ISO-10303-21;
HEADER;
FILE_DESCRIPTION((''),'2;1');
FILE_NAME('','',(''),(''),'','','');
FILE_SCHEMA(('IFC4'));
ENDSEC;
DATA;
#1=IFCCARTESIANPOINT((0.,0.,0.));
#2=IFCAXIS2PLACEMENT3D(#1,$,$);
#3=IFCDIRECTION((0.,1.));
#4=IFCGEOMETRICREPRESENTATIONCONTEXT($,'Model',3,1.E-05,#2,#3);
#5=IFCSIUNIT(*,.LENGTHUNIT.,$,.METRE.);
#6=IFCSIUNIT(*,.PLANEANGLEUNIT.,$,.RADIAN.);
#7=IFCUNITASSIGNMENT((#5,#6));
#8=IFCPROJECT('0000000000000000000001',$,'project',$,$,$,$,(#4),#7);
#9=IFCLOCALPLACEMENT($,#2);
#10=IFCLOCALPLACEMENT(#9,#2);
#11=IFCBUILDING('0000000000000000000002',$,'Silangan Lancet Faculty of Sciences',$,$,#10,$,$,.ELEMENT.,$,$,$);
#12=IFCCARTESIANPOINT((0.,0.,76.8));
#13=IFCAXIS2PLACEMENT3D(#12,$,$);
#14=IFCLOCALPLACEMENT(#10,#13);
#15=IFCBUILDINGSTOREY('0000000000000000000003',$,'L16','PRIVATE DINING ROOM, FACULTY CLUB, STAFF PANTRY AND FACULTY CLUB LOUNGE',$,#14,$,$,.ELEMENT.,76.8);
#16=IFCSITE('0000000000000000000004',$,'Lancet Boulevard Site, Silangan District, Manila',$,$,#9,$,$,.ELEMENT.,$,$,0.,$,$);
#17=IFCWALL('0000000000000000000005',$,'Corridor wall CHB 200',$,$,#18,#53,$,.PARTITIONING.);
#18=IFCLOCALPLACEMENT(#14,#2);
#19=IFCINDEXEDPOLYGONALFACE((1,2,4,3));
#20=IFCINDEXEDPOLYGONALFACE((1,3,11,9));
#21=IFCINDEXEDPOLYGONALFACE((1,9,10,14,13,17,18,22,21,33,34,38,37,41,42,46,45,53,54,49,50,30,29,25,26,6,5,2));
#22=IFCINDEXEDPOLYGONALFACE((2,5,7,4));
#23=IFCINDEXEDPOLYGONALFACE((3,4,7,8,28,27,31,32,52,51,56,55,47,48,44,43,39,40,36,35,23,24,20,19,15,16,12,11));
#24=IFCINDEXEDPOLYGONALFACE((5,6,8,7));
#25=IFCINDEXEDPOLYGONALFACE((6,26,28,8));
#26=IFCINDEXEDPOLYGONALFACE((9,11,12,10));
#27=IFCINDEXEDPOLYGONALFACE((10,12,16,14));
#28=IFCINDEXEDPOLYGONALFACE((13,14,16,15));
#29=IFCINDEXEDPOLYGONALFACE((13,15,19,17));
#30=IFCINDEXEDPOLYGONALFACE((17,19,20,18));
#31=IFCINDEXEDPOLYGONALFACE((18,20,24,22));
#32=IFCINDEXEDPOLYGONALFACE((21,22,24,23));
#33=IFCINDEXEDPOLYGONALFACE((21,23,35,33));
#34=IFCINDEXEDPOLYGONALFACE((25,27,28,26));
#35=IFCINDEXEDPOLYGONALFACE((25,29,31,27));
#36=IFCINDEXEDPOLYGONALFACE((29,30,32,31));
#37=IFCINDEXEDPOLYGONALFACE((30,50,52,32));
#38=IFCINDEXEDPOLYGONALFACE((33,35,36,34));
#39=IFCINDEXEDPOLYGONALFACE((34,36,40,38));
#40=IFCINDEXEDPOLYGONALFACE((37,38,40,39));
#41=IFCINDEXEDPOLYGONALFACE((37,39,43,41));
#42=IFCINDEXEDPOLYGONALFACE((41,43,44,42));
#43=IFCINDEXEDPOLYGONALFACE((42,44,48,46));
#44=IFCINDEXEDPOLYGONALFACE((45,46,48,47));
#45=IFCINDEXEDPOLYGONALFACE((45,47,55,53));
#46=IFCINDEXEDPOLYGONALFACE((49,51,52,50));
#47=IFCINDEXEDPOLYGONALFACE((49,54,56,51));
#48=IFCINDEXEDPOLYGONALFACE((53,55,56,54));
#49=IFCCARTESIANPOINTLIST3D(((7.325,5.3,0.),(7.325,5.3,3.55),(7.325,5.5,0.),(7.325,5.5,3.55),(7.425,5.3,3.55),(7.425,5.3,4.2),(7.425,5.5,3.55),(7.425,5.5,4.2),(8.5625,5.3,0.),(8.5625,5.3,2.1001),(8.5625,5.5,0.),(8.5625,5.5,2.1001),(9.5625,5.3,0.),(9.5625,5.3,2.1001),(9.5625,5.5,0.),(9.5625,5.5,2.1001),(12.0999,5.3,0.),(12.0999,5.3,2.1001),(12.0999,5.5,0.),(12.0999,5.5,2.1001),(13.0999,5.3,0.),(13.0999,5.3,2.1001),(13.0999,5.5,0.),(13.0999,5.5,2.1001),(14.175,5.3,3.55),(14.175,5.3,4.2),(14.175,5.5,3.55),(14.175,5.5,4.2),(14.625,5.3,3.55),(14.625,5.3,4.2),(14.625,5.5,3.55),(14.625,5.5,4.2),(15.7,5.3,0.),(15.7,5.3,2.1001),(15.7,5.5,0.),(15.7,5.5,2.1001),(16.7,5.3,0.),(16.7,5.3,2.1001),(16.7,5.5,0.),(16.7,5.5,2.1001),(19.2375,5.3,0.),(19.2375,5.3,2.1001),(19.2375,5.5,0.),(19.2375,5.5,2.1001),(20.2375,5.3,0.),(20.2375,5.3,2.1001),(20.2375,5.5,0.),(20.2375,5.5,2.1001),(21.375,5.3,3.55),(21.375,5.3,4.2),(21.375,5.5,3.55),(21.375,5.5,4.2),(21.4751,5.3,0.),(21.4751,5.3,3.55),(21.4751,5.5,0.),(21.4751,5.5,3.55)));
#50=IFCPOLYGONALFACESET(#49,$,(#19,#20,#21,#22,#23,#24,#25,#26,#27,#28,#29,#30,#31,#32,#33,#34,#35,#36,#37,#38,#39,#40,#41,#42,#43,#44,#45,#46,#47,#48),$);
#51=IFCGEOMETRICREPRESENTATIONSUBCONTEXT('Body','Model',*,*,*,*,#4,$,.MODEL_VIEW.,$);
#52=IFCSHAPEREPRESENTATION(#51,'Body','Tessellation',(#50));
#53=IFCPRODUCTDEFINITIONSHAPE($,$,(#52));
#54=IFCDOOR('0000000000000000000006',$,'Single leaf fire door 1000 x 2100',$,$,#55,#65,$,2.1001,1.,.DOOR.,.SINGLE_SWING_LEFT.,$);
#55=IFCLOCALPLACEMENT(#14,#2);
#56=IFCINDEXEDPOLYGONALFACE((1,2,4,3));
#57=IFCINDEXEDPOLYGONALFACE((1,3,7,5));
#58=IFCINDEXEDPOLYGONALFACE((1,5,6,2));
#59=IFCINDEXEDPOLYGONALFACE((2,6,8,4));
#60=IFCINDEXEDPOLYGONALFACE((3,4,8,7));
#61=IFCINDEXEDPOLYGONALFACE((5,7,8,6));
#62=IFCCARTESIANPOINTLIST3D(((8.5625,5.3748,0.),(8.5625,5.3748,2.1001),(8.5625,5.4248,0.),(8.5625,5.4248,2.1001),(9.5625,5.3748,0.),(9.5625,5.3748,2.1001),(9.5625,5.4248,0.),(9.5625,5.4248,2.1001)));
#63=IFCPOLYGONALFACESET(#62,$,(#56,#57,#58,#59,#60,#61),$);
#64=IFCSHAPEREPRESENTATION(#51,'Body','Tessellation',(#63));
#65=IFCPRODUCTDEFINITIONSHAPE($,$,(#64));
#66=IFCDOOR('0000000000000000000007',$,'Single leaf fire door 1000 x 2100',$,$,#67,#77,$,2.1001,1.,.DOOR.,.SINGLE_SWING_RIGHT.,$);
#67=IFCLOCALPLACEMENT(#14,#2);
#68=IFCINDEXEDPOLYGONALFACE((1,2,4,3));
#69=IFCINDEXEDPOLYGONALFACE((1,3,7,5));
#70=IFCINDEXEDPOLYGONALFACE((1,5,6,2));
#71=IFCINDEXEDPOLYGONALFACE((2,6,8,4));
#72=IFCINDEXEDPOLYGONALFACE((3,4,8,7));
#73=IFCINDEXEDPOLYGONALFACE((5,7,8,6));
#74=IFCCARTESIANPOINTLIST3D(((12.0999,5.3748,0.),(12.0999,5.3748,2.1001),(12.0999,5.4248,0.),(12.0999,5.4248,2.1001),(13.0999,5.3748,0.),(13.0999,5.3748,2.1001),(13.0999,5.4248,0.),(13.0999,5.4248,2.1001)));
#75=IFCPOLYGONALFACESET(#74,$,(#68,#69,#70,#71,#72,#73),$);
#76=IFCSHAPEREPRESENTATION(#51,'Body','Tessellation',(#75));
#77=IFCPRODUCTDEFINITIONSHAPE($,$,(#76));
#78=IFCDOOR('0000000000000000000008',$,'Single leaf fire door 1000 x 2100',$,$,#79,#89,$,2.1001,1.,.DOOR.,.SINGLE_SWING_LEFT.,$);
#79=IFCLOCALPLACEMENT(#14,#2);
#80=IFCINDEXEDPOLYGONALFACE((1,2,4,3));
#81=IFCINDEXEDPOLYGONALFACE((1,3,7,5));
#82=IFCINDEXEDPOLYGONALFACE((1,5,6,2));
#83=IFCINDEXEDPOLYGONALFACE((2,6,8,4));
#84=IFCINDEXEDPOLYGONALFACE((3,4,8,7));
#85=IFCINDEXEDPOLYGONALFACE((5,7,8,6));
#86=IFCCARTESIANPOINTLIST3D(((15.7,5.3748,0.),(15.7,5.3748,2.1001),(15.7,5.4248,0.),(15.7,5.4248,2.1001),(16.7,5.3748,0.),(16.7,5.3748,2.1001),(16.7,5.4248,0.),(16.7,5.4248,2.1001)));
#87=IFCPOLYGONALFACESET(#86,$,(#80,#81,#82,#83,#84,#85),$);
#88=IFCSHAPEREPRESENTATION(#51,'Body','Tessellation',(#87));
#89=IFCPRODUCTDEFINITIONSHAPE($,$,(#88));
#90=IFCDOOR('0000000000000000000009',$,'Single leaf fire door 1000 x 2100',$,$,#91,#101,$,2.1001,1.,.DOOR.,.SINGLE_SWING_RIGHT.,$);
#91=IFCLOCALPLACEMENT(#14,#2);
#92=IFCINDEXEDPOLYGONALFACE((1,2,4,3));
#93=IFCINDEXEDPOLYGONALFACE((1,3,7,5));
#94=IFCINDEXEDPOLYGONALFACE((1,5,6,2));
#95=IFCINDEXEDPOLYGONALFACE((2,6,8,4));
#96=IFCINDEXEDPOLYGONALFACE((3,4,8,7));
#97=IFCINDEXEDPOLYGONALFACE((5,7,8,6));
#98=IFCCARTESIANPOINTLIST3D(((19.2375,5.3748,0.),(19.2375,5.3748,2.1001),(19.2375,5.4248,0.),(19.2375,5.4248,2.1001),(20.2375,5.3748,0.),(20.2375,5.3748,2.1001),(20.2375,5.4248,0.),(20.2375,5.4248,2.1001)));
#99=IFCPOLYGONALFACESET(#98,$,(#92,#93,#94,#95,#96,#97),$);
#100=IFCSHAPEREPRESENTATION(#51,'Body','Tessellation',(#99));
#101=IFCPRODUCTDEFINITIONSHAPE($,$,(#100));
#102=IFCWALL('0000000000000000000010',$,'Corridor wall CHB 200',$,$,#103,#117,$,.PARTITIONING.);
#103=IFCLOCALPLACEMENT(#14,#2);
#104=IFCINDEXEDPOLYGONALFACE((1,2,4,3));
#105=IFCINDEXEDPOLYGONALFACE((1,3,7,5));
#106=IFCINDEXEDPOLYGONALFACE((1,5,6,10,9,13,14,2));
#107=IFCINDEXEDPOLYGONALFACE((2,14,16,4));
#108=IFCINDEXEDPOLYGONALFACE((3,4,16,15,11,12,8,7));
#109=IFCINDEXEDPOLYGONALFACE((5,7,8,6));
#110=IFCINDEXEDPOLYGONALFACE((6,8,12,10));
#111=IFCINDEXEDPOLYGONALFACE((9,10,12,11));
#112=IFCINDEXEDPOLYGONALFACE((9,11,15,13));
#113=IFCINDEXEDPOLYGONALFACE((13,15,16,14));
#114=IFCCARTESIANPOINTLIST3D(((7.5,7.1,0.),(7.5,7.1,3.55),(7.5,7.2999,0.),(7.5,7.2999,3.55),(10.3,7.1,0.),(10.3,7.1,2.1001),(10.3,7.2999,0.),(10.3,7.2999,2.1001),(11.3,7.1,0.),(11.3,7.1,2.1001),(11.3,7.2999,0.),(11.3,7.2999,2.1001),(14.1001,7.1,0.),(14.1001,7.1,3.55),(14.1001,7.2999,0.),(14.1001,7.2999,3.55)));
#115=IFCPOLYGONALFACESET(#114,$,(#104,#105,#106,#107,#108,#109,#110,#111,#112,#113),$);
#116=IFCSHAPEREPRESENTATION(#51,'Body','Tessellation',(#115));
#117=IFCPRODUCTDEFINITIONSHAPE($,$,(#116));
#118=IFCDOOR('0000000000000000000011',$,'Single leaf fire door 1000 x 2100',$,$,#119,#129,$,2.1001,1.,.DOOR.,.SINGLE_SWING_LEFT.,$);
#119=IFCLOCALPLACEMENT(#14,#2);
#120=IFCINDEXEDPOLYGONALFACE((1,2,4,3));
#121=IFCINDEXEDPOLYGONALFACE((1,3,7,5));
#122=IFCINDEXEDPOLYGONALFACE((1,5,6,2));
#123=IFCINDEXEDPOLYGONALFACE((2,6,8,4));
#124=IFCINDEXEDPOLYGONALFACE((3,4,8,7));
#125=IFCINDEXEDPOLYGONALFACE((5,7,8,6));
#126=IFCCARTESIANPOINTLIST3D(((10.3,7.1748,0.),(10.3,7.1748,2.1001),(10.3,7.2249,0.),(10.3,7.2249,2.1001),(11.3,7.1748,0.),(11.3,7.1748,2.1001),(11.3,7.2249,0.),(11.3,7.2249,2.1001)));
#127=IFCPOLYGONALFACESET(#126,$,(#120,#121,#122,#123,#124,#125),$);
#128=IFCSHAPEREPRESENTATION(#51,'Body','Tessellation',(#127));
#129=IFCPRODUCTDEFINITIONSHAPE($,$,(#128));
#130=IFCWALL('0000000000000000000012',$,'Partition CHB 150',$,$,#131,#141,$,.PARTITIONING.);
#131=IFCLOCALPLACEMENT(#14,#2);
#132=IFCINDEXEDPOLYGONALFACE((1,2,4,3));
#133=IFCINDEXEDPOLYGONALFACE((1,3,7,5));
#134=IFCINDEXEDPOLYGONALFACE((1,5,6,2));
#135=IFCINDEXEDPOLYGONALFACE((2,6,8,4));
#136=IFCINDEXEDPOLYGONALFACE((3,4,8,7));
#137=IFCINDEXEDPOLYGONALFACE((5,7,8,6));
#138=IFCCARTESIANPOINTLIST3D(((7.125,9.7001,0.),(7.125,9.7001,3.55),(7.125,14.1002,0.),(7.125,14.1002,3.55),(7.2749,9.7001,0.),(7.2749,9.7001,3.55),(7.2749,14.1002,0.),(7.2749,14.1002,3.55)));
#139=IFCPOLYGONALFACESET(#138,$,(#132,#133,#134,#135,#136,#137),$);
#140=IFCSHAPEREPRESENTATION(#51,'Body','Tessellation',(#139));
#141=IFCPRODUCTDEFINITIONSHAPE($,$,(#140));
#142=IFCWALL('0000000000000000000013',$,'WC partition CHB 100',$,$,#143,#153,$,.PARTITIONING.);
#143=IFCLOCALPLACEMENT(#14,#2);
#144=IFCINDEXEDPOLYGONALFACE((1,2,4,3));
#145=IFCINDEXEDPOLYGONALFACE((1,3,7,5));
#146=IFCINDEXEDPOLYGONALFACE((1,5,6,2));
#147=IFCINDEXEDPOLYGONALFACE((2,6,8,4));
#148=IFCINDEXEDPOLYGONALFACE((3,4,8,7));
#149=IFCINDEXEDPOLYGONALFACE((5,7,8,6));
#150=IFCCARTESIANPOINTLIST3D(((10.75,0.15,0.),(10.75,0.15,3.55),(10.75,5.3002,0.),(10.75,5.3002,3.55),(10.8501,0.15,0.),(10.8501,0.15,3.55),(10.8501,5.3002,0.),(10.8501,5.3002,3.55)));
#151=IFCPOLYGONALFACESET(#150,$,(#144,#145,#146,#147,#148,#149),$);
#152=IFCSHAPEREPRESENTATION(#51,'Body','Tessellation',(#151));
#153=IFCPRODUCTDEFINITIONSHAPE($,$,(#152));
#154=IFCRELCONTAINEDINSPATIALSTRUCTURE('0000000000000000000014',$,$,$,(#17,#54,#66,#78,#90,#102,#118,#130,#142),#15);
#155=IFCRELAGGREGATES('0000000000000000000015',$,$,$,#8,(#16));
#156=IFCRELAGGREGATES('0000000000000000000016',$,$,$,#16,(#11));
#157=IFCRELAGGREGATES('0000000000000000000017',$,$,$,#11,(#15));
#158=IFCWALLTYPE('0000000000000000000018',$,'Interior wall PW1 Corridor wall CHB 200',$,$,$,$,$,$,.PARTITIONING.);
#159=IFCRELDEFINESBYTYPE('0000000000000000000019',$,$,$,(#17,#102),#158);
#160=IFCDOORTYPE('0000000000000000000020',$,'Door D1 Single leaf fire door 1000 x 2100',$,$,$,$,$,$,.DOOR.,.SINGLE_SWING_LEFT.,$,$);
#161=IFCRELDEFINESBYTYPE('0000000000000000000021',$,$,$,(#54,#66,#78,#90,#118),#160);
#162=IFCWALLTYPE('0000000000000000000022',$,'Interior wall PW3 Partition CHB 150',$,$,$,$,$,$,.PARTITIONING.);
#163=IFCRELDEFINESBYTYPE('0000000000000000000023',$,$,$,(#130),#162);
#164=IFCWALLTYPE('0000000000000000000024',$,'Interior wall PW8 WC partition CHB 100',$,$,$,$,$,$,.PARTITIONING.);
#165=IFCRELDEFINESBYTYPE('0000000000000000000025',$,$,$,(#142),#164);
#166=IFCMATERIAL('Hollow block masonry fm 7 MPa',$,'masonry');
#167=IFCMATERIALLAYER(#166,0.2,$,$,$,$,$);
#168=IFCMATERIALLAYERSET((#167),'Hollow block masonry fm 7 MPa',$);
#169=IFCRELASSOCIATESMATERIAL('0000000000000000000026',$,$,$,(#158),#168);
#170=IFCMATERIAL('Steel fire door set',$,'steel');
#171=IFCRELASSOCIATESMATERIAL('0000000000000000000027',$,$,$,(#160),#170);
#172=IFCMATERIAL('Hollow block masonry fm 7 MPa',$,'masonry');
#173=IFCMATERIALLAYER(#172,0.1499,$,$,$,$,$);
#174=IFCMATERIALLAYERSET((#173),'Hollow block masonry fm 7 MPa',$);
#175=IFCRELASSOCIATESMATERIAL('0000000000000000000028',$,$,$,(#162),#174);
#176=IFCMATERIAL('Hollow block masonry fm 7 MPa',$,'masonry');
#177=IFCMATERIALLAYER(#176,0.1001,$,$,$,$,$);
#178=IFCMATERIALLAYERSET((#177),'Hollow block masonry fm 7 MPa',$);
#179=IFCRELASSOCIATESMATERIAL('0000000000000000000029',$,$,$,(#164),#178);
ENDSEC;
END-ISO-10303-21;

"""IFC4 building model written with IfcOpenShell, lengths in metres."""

from ifc_helpers import new_model, si_unit, direction, frame, frame_2d, origin, place, context, subcontext, project, spatial, polyline, rectangle, outline, extrude, material, layer, layer_set, type_object, element, fill, save


model = new_model("IFC4")

# Units and contexts
model_context = context("Model", 3, precision=1e-05, world=origin(), true_north=direction((0.0, 1.0)))
body_context = subcontext(model_context, "Body", "Model", "MODEL_VIEW")
ifc_project = project(units=[si_unit("LENGTHUNIT", "METRE"), si_unit("PLANEANGLEUNIT", "RADIAN")], contexts=[model_context])

# Site, building, storey
site_placement = place(None, origin())
site = spatial("IfcSite", under=ifc_project, at=site_placement, Name="Lancet Boulevard Site, Silangan District, Manila", CompositionType="ELEMENT", RefElevation=0.0)
building_placement = place(site_placement, origin())
building = spatial("IfcBuilding", under=site, at=building_placement, Name="Silangan Lancet Faculty of Sciences", CompositionType="ELEMENT")
storey_placement = place(building_placement, frame((0.0, 0.0, 76.8)))
storey = spatial("IfcBuildingStorey", under=building, at=storey_placement, Name="L16", Description="PRIVATE DINING ROOM, FACULTY CLUB, STAFF PANTRY AND FACULTY CLUB LOUNGE", CompositionType="ELEMENT", Elevation=76.8)

# Wall, openings, doors
ifc_material_1 = material(Name="Hollow block masonry fm 7 MPa", Category="masonry")
ifc_layer_1 = layer(ifc_material_1, 0.2)
ifc_layer_set_1 = layer_set([ifc_layer_1], Name="Hollow block masonry fm 7 MPa")
wall_type_1 = type_object("IfcWallType", Name="Interior wall PW1 Corridor wall CHB 200", PredefinedType="PARTITIONING", material=ifc_layer_set_1)
wall_1_placement = place(storey_placement, frame((7.325, 5.3999, 0.0), z_axis=(0.0, 0.0, 1.0), x_axis=(1.0, 0.0, 0.0)))
wall_1 = element("IfcWall", 1, at=wall_1_placement, inside=storey, type_object=wall_type_1, Name="Corridor wall CHB 200", PredefinedType="PARTITIONING", context=body_context, shape_type="SweptSolid", body=[
    extrude(outline(polyline([(0.0, 0.0), (14.1501, 0.0), (14.1501, 3.55), (14.05, 3.55), (14.05, 4.2), (7.3, 4.2), (7.3, 3.55), (6.8501, 3.55), (6.8501, 4.2), (0.1001, 4.2), (0.1001, 3.55), (0.0, 3.55), (0.0, 0.0)])), frame((0.0, 0.1001, 0.0), z_axis=(0.0, -1.0, 0.0), x_axis=(1.0, 0.0, 0.0)), (0.0, 0.0, 1.0), 0.2),
])
opening_1_placement = place(wall_1_placement, frame((1.2375, 0.0, 0.0)))
opening_1 = element("IfcOpeningElement", 2, at=opening_1_placement, cuts=wall_1, PredefinedType="OPENING", context=body_context, shape_type="SweptSolid", body=[
    extrude(rectangle(XDim=1.0, YDim=2.1001, at=frame_2d((0.5, 1.05))), frame((0.0, 0.1099, 0.0), z_axis=(0.0, -1.0, 0.0), x_axis=(1.0, 0.0, 0.0)), (0.0, 0.0, 1.0), 0.22),
])
opening_2_placement = place(wall_1_placement, frame((4.7749, 0.0, 0.0)))
opening_2 = element("IfcOpeningElement", 3, at=opening_2_placement, cuts=wall_1, PredefinedType="OPENING", context=body_context, shape_type="SweptSolid", body=[
    extrude(rectangle(XDim=1.0, YDim=2.1001, at=frame_2d((0.5, 1.05))), frame((0.0, 0.1099, 0.0), z_axis=(0.0, -1.0, 0.0), x_axis=(1.0, 0.0, 0.0)), (0.0, 0.0, 1.0), 0.22),
])
opening_3_placement = place(wall_1_placement, frame((8.375, 0.0, 0.0)))
opening_3 = element("IfcOpeningElement", 4, at=opening_3_placement, cuts=wall_1, PredefinedType="OPENING", context=body_context, shape_type="SweptSolid", body=[
    extrude(rectangle(XDim=1.0, YDim=2.1001, at=frame_2d((0.5, 1.05))), frame((0.0, 0.1099, 0.0), z_axis=(0.0, -1.0, 0.0), x_axis=(1.0, 0.0, 0.0)), (0.0, 0.0, 1.0), 0.22),
])
opening_4_placement = place(wall_1_placement, frame((11.9126, 0.0, 0.0)))
opening_4 = element("IfcOpeningElement", 5, at=opening_4_placement, cuts=wall_1, PredefinedType="OPENING", context=body_context, shape_type="SweptSolid", body=[
    extrude(rectangle(XDim=1.0, YDim=2.1001, at=frame_2d((0.5, 1.05))), frame((0.0, 0.1099, 0.0), z_axis=(0.0, -1.0, 0.0), x_axis=(1.0, 0.0, 0.0)), (0.0, 0.0, 1.0), 0.22),
])
ifc_material_2 = material(Name="Steel fire door set", Category="steel")
door_type = type_object("IfcDoorType", Name="Door D1 Single leaf fire door 1000 x 2100", OperationType="SINGLE_SWING_LEFT", PredefinedType="DOOR", material=ifc_material_2)
door_1_placement = place(opening_1_placement, frame((1.0, 0.0, 0.0), z_axis=(0.0, 0.0, 1.0), x_axis=(-1.0, 0.0, 0.0)))
door_1 = element("IfcDoor", 6, at=door_1_placement, inside=storey, type_object=door_type, Name="Single leaf fire door 1000 x 2100", OperationType="SINGLE_SWING_LEFT", OverallHeight=2.1001, OverallWidth=1.0, PredefinedType="DOOR", context=body_context, shape_type="SweptSolid", body=[
    extrude(rectangle(XDim=1.0, YDim=2.1001, at=frame_2d((0.5, 1.05))), frame((0.0, 0.0251, 0.0), z_axis=(0.0, -1.0, 0.0), x_axis=(1.0, 0.0, 0.0)), (0.0, 0.0, 1.0), 0.05),
])
fill(opening_1, door_1)
door_2_placement = place(opening_2_placement, frame((1.0, 0.0, 0.0), z_axis=(0.0, 0.0, 1.0), x_axis=(-1.0, 0.0, 0.0)))
door_2 = element("IfcDoor", 7, at=door_2_placement, inside=storey, type_object=door_type, Name="Single leaf fire door 1000 x 2100", OperationType="SINGLE_SWING_RIGHT", OverallHeight=2.1001, OverallWidth=1.0, PredefinedType="DOOR", context=body_context, shape_type="SweptSolid", body=[
    extrude(rectangle(XDim=1.0, YDim=2.1001, at=frame_2d((0.5, 1.05))), frame((0.0, 0.0251, 0.0), z_axis=(0.0, -1.0, 0.0), x_axis=(1.0, 0.0, 0.0)), (0.0, 0.0, 1.0), 0.05),
])
fill(opening_2, door_2)
door_3_placement = place(opening_3_placement, frame((1.0, 0.0, 0.0), z_axis=(0.0, 0.0, 1.0), x_axis=(-1.0, 0.0, 0.0)))
door_3 = element("IfcDoor", 8, at=door_3_placement, inside=storey, type_object=door_type, Name="Single leaf fire door 1000 x 2100", OperationType="SINGLE_SWING_LEFT", OverallHeight=2.1001, OverallWidth=1.0, PredefinedType="DOOR", context=body_context, shape_type="SweptSolid", body=[
    extrude(rectangle(XDim=1.0, YDim=2.1001, at=frame_2d((0.5, 1.05))), frame((0.0, 0.0251, 0.0), z_axis=(0.0, -1.0, 0.0), x_axis=(1.0, 0.0, 0.0)), (0.0, 0.0, 1.0), 0.05),
])
fill(opening_3, door_3)
door_4_placement = place(opening_4_placement, frame((1.0, 0.0, 0.0), z_axis=(0.0, 0.0, 1.0), x_axis=(-1.0, 0.0, 0.0)))
door_4 = element("IfcDoor", 9, at=door_4_placement, inside=storey, type_object=door_type, Name="Single leaf fire door 1000 x 2100", OperationType="SINGLE_SWING_RIGHT", OverallHeight=2.1001, OverallWidth=1.0, PredefinedType="DOOR", context=body_context, shape_type="SweptSolid", body=[
    extrude(rectangle(XDim=1.0, YDim=2.1001, at=frame_2d((0.5, 1.05))), frame((0.0, 0.0251, 0.0), z_axis=(0.0, -1.0, 0.0), x_axis=(1.0, 0.0, 0.0)), (0.0, 0.0, 1.0), 0.05),
])
fill(opening_4, door_4)

# Wall, opening, door
wall_2_placement = place(storey_placement, frame((7.5, 7.2, 0.0), z_axis=(0.0, 0.0, 1.0), x_axis=(1.0, 0.0, 0.0)))
wall_2 = element("IfcWall", 10, at=wall_2_placement, inside=storey, type_object=wall_type_1, Name="Corridor wall CHB 200", PredefinedType="PARTITIONING", context=body_context, shape_type="SweptSolid", body=[
    extrude(rectangle(XDim=6.6001, YDim=0.2, at=frame_2d((3.3, 0.0))), origin(), (0.0, 0.0, 1.0), 3.55),
])
opening_5_placement = place(wall_2_placement, frame((2.8, 0.0, 0.0)))
opening_5 = element("IfcOpeningElement", 11, at=opening_5_placement, cuts=wall_2, PredefinedType="OPENING", context=body_context, shape_type="SweptSolid", body=[
    extrude(rectangle(XDim=1.0, YDim=2.1001, at=frame_2d((0.5, 1.05))), frame((0.0, 0.1099, 0.0), z_axis=(0.0, -1.0, 0.0), x_axis=(1.0, 0.0, 0.0)), (0.0, 0.0, 1.0), 0.22),
])
door_5_placement = place(opening_5_placement, frame((1.0, 0.0, 0.0), z_axis=(0.0, 0.0, 1.0), x_axis=(-1.0, 0.0, 0.0)))
door_5 = element("IfcDoor", 12, at=door_5_placement, inside=storey, type_object=door_type, Name="Single leaf fire door 1000 x 2100", OperationType="SINGLE_SWING_LEFT", OverallHeight=2.1001, OverallWidth=1.0, PredefinedType="DOOR", context=body_context, shape_type="SweptSolid", body=[
    extrude(rectangle(XDim=1.0, YDim=2.1001, at=frame_2d((0.5, 1.05))), frame((0.0, 0.0251, 0.0), z_axis=(0.0, -1.0, 0.0), x_axis=(1.0, 0.0, 0.0)), (0.0, 0.0, 1.0), 0.05),
])
fill(opening_5, door_5)

# Walls
ifc_material_3 = material(Name="Hollow block masonry fm 7 MPa", Category="masonry")
ifc_layer_2 = layer(ifc_material_3, 0.1499)
ifc_layer_set_2 = layer_set([ifc_layer_2], Name="Hollow block masonry fm 7 MPa")
wall_type_2 = type_object("IfcWallType", Name="Interior wall PW3 Partition CHB 150", PredefinedType="PARTITIONING", material=ifc_layer_set_2)
wall_3_placement = place(storey_placement, frame((7.2, 9.7, 0.0), z_axis=(0.0, 0.0, 1.0), x_axis=(0.0, 1.0, 0.0)))
element("IfcWall", 13, at=wall_3_placement, inside=storey, type_object=wall_type_2, Name="Partition CHB 150", PredefinedType="PARTITIONING", context=body_context, shape_type="SweptSolid", body=[
    extrude(rectangle(XDim=4.4001, YDim=0.1499, at=frame_2d((2.2002, 0.0))), origin(), (0.0, 0.0, 1.0), 3.55),
])
ifc_material_4 = material(Name="Hollow block masonry fm 7 MPa", Category="masonry")
ifc_layer_3 = layer(ifc_material_4, 0.1001)
ifc_layer_set_3 = layer_set([ifc_layer_3], Name="Hollow block masonry fm 7 MPa")
wall_type_3 = type_object("IfcWallType", Name="Interior wall PW8 WC partition CHB 100", PredefinedType="PARTITIONING", material=ifc_layer_set_3)
wall_4_placement = place(storey_placement, frame((10.8, 0.1499, 0.0), z_axis=(0.0, 0.0, 1.0), x_axis=(0.0, 1.0, 0.0)))
element("IfcWall", 14, at=wall_4_placement, inside=storey, type_object=wall_type_3, Name="WC partition CHB 100", PredefinedType="PARTITIONING", context=body_context, shape_type="SweptSolid", body=[
    extrude(rectangle(XDim=5.1501, YDim=0.1001, at=frame_2d((2.5752, 0.0))), origin(), (0.0, 0.0, 1.0), 3.55),
])

save(model, "model.ifc")
